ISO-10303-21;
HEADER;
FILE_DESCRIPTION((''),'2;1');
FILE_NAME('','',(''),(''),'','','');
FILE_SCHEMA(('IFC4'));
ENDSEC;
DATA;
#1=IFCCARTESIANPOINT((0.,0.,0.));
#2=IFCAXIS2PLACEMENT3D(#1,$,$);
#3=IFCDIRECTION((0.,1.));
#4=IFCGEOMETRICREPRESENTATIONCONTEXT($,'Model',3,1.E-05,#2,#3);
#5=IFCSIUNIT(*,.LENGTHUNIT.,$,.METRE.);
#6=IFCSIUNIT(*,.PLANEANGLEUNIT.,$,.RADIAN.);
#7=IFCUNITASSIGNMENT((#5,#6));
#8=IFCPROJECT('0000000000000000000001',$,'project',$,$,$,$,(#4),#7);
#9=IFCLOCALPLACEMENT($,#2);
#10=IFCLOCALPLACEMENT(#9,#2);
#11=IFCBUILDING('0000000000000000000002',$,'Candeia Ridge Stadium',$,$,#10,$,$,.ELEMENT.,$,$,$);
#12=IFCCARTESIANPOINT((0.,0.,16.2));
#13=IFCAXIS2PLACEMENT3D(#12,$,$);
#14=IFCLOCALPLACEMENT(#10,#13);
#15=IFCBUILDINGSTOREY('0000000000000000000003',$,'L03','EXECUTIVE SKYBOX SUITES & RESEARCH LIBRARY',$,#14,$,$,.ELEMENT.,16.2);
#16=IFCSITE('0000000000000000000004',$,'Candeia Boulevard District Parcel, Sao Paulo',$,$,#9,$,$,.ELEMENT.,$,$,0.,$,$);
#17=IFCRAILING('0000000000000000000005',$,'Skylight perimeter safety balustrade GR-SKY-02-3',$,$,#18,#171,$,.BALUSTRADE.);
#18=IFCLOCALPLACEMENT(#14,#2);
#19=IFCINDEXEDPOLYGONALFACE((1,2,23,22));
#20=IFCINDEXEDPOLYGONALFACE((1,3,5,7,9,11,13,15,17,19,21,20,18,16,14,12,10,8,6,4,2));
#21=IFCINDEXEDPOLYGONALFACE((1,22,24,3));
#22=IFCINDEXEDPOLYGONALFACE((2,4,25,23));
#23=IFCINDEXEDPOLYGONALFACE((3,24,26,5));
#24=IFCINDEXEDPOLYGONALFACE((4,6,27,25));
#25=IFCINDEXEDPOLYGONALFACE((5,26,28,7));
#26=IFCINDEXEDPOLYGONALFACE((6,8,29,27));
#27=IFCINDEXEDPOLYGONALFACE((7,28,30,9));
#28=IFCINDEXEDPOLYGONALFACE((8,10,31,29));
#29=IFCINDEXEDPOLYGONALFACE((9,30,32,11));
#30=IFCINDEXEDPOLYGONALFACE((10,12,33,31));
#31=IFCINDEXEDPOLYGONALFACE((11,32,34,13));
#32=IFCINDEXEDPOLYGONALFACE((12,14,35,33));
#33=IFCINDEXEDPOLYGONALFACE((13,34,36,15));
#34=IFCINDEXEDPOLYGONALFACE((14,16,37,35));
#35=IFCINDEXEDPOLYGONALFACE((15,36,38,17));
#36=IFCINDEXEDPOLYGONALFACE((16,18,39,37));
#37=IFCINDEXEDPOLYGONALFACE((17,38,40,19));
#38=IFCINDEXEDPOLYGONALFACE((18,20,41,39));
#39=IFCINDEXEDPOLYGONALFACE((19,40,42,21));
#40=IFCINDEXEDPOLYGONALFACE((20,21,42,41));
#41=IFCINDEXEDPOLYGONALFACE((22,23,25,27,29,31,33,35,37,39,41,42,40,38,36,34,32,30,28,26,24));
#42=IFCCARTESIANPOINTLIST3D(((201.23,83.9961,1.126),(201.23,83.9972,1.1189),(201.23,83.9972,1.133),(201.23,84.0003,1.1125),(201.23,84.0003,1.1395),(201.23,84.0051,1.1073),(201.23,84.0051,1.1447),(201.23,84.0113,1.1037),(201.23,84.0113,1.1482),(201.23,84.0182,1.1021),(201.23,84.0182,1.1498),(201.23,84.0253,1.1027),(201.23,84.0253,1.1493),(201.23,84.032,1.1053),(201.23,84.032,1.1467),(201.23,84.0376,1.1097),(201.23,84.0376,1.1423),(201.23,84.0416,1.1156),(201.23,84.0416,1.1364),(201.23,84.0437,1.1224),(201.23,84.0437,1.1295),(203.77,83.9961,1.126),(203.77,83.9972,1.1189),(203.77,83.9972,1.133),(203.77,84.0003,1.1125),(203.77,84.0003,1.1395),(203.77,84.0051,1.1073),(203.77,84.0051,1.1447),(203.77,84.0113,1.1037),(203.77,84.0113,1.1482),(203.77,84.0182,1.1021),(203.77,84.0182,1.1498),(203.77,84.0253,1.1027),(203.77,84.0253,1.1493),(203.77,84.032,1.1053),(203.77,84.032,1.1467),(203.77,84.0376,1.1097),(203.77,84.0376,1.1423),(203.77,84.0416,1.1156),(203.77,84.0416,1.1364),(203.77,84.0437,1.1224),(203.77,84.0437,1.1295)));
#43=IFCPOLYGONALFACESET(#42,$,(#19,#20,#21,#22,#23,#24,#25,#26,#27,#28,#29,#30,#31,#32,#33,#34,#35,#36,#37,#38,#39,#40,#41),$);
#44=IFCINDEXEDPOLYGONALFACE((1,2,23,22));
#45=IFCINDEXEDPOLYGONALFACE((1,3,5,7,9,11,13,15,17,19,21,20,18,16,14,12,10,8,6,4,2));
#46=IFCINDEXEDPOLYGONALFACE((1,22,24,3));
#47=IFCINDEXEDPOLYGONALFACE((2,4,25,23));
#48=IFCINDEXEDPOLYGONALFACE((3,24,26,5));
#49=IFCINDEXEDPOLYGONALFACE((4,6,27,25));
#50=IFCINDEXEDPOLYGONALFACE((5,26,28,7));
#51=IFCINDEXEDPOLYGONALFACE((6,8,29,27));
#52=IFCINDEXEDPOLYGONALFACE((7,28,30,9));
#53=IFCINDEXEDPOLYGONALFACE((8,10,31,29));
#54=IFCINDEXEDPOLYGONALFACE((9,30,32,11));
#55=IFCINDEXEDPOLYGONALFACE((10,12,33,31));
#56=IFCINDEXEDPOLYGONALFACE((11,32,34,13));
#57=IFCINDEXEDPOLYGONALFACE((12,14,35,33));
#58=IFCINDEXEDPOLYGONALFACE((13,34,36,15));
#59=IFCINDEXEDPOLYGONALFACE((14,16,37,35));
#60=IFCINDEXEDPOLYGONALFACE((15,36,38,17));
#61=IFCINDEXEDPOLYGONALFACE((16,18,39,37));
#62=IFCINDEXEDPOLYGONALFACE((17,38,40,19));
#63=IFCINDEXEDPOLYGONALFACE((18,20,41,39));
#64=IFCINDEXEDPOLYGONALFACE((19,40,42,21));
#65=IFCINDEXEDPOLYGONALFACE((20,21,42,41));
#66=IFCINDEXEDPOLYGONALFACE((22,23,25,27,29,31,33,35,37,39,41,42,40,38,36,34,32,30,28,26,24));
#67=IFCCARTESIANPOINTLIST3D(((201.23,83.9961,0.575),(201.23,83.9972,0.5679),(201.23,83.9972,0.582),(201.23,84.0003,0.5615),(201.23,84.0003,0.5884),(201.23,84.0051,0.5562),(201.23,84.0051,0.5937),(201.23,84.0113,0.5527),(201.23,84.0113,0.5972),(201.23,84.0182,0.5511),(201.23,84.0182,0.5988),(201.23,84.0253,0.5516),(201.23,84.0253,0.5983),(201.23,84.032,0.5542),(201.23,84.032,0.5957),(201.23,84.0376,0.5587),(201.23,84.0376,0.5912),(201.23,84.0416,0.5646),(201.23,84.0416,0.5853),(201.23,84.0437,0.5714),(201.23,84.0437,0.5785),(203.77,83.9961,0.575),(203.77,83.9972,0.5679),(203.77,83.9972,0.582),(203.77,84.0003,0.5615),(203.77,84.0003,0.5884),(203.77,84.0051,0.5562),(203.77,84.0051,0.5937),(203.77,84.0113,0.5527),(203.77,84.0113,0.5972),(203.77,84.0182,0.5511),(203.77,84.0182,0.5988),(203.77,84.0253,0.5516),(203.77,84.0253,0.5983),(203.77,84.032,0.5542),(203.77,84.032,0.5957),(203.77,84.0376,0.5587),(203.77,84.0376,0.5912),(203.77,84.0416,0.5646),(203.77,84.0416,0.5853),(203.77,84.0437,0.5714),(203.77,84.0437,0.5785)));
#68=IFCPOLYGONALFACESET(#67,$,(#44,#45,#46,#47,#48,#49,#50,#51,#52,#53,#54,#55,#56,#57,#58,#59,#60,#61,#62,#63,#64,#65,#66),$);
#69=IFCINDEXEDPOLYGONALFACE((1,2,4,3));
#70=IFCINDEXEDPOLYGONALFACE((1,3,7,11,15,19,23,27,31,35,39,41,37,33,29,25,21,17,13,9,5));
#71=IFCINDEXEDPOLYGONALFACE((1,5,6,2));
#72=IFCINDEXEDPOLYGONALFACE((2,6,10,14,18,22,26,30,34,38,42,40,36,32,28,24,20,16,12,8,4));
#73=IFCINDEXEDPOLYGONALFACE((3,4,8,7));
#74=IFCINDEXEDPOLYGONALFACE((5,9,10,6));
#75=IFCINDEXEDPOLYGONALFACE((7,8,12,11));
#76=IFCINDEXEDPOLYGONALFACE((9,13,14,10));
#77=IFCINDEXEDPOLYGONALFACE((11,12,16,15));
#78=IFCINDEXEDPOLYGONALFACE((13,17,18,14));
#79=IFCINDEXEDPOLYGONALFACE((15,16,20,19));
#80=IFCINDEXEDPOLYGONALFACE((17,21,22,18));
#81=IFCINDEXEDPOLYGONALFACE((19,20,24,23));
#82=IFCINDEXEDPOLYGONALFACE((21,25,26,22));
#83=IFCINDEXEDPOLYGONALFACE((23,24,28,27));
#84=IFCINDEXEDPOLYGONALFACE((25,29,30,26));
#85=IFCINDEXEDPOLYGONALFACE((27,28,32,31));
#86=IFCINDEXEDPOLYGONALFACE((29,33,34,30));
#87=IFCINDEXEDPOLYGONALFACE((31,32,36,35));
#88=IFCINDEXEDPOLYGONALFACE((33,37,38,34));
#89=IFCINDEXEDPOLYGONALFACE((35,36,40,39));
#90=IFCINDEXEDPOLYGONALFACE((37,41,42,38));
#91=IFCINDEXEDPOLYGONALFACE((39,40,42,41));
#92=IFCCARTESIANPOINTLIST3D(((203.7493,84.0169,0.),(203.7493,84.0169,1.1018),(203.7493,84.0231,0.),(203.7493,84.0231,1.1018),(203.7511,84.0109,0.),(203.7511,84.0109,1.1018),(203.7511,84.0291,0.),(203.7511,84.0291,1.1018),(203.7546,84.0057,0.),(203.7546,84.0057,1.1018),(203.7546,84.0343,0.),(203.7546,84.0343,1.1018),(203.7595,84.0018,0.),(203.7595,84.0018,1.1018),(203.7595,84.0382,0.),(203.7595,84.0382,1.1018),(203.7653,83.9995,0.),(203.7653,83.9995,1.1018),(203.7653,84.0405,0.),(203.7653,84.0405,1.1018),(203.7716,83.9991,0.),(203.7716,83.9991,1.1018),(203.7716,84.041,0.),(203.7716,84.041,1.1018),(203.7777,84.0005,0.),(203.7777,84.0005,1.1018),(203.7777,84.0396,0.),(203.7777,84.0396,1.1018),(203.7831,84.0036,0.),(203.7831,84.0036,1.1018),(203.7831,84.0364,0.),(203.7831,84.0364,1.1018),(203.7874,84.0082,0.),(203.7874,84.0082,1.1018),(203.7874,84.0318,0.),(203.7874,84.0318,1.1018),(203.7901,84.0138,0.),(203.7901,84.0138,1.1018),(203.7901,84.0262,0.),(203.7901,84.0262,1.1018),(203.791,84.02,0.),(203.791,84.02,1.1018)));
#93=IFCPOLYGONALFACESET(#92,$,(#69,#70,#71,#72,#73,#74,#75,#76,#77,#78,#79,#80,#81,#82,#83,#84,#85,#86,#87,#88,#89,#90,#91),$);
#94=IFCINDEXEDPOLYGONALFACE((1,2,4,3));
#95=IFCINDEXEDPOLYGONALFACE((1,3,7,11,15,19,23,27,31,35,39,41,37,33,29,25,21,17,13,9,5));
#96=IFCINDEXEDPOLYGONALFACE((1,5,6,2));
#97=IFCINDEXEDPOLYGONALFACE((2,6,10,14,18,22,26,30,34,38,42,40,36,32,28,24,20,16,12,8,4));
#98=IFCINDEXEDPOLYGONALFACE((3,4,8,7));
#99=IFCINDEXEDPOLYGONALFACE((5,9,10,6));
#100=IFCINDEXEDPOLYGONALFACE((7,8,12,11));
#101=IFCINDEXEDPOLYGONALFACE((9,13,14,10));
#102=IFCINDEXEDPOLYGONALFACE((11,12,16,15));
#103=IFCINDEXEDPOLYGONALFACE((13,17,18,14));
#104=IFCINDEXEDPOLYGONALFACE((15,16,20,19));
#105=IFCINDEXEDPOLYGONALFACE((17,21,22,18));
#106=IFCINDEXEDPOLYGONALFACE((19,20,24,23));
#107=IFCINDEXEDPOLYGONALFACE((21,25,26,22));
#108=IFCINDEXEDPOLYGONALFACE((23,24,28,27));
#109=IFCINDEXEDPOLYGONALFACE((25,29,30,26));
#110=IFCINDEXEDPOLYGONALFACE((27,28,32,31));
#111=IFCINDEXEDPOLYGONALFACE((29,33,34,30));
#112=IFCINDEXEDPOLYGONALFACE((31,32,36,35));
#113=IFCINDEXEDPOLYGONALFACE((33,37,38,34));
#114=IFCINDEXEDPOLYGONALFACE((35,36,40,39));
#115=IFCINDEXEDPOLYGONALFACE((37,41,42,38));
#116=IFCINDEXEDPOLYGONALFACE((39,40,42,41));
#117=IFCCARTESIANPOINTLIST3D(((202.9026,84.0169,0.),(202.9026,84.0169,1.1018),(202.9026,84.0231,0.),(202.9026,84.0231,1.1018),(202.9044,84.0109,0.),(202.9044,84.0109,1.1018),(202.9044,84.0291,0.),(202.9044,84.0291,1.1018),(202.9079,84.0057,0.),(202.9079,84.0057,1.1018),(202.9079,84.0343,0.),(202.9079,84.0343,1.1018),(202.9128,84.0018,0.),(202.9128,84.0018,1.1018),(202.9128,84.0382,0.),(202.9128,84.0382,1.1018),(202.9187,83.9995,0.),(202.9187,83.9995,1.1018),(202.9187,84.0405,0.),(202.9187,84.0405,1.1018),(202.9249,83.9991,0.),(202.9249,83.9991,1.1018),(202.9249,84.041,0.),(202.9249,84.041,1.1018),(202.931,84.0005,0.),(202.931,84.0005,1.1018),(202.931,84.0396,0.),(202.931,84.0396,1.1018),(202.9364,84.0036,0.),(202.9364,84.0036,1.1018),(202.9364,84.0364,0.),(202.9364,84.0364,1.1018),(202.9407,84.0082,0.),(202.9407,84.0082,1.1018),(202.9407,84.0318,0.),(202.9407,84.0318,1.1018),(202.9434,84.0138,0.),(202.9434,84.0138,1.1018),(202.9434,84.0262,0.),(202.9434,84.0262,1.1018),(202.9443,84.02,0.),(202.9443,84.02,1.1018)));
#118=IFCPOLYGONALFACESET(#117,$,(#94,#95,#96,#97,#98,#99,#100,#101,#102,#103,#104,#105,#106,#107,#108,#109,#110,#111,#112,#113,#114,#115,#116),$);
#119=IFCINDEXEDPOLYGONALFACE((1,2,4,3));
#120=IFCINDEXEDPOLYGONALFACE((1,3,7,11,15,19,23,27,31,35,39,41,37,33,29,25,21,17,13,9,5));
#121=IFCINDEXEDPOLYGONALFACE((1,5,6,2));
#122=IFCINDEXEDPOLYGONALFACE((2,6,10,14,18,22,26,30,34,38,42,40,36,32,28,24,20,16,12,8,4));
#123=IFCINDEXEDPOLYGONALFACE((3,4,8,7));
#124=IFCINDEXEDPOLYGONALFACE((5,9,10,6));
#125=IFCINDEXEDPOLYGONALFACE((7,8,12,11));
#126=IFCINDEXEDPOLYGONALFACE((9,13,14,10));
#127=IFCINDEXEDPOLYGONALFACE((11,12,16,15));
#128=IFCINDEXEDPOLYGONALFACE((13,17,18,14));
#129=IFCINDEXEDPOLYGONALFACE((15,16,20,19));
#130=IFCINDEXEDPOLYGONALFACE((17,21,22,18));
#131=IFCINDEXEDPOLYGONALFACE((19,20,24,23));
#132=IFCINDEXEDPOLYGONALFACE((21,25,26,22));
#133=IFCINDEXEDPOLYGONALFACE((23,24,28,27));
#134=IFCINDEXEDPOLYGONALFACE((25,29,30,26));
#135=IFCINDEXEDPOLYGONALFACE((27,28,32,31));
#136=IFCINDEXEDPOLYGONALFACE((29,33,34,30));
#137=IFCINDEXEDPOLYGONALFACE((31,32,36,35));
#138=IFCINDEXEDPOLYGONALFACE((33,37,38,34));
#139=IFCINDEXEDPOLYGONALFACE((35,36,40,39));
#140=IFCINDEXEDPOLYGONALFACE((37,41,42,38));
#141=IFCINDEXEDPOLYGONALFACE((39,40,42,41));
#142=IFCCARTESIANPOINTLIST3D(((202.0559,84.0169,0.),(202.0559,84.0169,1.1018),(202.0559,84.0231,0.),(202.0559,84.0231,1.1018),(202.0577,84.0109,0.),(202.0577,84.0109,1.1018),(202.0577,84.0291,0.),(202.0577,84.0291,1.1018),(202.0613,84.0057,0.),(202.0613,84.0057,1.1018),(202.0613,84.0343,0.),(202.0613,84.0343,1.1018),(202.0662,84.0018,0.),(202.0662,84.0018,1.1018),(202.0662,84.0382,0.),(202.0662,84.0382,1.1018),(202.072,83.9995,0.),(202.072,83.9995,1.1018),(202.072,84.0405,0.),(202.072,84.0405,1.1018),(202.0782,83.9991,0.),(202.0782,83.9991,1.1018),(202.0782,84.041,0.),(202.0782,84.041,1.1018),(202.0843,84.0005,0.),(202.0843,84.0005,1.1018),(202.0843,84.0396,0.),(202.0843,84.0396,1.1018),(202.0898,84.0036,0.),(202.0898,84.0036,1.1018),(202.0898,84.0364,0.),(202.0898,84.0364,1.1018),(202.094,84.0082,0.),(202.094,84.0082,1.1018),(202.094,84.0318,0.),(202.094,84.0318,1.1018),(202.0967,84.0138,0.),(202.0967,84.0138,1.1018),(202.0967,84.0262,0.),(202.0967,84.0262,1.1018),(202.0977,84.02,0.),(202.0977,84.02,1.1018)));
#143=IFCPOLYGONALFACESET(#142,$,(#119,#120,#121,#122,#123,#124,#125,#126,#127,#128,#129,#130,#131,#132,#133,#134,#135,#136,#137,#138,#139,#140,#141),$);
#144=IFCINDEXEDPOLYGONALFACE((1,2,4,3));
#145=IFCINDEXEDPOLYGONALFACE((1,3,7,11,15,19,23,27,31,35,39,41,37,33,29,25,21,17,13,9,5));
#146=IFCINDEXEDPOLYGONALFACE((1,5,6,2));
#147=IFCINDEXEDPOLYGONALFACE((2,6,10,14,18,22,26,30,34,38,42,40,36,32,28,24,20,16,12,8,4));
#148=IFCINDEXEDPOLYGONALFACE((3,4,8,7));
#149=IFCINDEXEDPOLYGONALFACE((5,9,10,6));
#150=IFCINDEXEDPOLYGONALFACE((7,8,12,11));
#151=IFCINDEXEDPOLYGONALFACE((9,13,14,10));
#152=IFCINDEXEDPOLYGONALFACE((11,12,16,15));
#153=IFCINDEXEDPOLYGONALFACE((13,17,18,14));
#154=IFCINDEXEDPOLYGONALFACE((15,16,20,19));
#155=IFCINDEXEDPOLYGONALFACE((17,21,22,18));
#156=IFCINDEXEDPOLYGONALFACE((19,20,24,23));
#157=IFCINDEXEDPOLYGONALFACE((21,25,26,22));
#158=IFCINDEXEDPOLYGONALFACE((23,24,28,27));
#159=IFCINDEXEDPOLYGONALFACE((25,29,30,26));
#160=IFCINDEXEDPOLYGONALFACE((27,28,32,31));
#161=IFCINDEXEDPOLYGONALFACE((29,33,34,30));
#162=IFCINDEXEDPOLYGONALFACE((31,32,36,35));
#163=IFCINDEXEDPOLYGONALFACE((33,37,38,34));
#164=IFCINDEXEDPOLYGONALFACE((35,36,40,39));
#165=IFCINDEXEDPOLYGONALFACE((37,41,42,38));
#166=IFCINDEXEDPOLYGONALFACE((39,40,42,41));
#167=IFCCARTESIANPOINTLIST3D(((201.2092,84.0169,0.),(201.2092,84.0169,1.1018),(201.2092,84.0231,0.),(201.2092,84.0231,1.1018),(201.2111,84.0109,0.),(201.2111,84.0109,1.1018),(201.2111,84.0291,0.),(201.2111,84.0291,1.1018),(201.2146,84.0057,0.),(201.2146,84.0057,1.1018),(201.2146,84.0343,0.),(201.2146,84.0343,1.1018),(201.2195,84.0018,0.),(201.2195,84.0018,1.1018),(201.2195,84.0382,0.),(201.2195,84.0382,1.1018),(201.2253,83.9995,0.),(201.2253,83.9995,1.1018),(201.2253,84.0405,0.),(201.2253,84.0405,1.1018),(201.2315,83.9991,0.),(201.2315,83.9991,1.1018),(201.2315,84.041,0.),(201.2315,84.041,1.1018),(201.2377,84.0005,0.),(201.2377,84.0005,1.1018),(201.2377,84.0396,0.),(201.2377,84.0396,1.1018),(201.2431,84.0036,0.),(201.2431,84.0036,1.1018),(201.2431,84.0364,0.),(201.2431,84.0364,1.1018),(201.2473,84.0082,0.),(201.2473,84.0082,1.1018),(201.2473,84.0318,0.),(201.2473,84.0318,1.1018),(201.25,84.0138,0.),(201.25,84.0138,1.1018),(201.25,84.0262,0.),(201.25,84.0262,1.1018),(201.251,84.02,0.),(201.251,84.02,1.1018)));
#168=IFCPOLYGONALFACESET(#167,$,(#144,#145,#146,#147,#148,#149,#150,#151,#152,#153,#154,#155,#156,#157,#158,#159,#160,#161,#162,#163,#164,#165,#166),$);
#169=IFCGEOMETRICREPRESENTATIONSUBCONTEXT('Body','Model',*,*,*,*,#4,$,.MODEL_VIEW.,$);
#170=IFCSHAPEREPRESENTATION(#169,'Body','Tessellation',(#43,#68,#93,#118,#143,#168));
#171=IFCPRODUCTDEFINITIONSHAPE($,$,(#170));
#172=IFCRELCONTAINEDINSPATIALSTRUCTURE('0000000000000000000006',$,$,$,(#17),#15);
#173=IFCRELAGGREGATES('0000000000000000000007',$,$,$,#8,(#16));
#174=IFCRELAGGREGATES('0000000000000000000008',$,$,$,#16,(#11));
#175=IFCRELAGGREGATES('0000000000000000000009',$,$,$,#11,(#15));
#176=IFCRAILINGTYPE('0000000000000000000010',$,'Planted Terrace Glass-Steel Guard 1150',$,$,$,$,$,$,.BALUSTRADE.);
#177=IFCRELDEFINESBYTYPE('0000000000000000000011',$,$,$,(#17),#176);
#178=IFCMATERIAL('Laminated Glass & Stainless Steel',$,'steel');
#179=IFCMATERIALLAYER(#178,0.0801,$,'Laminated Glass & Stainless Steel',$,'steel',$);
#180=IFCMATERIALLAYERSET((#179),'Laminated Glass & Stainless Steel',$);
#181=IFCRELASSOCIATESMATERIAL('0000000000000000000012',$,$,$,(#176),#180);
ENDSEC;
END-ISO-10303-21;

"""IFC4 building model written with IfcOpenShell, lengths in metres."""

from ifc_helpers import new_model, si_unit, direction, frame, origin, origin_2d, place, context, subcontext, project, spatial, circle, extrude, material, layer, layer_set, type_object, element, save


model = new_model("IFC4")

# Units and contexts
model_context = context("Model", 3, precision=1e-05, world=origin(), true_north=direction((0.0, 1.0)))
body_context = subcontext(model_context, "Body", "Model", "MODEL_VIEW")
ifc_project = project(units=[si_unit("LENGTHUNIT", "METRE"), si_unit("PLANEANGLEUNIT", "RADIAN")], contexts=[model_context])

# Site, building, storey
site_placement = place(None, origin())
site = spatial("IfcSite", under=ifc_project, at=site_placement, Name="Candeia Boulevard District Parcel, Sao Paulo", CompositionType="ELEMENT", RefElevation=0.0)
building_placement = place(site_placement, origin())
building = spatial("IfcBuilding", under=site, at=building_placement, Name="Candeia Ridge Stadium", CompositionType="ELEMENT")
storey_placement = place(building_placement, frame((0.0, 0.0, 16.2)))
storey = spatial("IfcBuildingStorey", under=building, at=storey_placement, Name="L03", Description="EXECUTIVE SKYBOX SUITES & RESEARCH LIBRARY", CompositionType="ELEMENT", Elevation=16.2)

# Railing
ifc_material_1 = material(Name="Laminated Glass & Stainless Steel", Category="steel")
ifc_layer_1 = layer(ifc_material_1, 0.0801, Name="Laminated Glass & Stainless Steel", Category="steel")
ifc_layer_set_1 = layer_set([ifc_layer_1], Name="Laminated Glass & Stainless Steel")
railing_type = type_object("IfcRailingType", Name="Planted Terrace Glass-Steel Guard 1150", PredefinedType="BALUSTRADE", material=ifc_layer_set_1)
railing_1_placement = place(storey_placement, frame((203.77, 84.02, 0.0)))
element("IfcRailing", 1, at=railing_1_placement, inside=storey, type_object=railing_type, Name="Skylight perimeter safety balustrade GR-SKY-02-3", PredefinedType="BALUSTRADE", context=body_context, shape_type="SweptSolid", body=[
    extrude(circle(Radius=0.0239, at=origin_2d()), frame((0.0, 0.0, 1.126), z_axis=(-1.0, 0.0, 0.0), x_axis=(0.0, -1.0, 0.0)), (0.0, 0.0, 1.0), 2.54),
    extrude(circle(Radius=0.0239, at=origin_2d()), frame((0.0, 0.0, 0.575), z_axis=(-1.0, 0.0, 0.0), x_axis=(0.0, -1.0, 0.0)), (0.0, 0.0, 1.0), 2.54),
    extrude(circle(Radius=0.021, at=origin_2d()), origin(), (0.0, 0.0, 1.0), 1.1018),
    extrude(circle(Radius=0.021, at=origin_2d()), frame((-0.8467, 0.0, 0.0)), (0.0, 0.0, 1.0), 1.1018),
    extrude(circle(Radius=0.021, at=origin_2d()), frame((-1.6934, 0.0, 0.0)), (0.0, 0.0, 1.0), 1.1018),
    extrude(circle(Radius=0.021, at=origin_2d()), frame((-2.54, 0.0, 0.0)), (0.0, 0.0, 1.0), 1.1018),
])

save(model, "model.ifc")
